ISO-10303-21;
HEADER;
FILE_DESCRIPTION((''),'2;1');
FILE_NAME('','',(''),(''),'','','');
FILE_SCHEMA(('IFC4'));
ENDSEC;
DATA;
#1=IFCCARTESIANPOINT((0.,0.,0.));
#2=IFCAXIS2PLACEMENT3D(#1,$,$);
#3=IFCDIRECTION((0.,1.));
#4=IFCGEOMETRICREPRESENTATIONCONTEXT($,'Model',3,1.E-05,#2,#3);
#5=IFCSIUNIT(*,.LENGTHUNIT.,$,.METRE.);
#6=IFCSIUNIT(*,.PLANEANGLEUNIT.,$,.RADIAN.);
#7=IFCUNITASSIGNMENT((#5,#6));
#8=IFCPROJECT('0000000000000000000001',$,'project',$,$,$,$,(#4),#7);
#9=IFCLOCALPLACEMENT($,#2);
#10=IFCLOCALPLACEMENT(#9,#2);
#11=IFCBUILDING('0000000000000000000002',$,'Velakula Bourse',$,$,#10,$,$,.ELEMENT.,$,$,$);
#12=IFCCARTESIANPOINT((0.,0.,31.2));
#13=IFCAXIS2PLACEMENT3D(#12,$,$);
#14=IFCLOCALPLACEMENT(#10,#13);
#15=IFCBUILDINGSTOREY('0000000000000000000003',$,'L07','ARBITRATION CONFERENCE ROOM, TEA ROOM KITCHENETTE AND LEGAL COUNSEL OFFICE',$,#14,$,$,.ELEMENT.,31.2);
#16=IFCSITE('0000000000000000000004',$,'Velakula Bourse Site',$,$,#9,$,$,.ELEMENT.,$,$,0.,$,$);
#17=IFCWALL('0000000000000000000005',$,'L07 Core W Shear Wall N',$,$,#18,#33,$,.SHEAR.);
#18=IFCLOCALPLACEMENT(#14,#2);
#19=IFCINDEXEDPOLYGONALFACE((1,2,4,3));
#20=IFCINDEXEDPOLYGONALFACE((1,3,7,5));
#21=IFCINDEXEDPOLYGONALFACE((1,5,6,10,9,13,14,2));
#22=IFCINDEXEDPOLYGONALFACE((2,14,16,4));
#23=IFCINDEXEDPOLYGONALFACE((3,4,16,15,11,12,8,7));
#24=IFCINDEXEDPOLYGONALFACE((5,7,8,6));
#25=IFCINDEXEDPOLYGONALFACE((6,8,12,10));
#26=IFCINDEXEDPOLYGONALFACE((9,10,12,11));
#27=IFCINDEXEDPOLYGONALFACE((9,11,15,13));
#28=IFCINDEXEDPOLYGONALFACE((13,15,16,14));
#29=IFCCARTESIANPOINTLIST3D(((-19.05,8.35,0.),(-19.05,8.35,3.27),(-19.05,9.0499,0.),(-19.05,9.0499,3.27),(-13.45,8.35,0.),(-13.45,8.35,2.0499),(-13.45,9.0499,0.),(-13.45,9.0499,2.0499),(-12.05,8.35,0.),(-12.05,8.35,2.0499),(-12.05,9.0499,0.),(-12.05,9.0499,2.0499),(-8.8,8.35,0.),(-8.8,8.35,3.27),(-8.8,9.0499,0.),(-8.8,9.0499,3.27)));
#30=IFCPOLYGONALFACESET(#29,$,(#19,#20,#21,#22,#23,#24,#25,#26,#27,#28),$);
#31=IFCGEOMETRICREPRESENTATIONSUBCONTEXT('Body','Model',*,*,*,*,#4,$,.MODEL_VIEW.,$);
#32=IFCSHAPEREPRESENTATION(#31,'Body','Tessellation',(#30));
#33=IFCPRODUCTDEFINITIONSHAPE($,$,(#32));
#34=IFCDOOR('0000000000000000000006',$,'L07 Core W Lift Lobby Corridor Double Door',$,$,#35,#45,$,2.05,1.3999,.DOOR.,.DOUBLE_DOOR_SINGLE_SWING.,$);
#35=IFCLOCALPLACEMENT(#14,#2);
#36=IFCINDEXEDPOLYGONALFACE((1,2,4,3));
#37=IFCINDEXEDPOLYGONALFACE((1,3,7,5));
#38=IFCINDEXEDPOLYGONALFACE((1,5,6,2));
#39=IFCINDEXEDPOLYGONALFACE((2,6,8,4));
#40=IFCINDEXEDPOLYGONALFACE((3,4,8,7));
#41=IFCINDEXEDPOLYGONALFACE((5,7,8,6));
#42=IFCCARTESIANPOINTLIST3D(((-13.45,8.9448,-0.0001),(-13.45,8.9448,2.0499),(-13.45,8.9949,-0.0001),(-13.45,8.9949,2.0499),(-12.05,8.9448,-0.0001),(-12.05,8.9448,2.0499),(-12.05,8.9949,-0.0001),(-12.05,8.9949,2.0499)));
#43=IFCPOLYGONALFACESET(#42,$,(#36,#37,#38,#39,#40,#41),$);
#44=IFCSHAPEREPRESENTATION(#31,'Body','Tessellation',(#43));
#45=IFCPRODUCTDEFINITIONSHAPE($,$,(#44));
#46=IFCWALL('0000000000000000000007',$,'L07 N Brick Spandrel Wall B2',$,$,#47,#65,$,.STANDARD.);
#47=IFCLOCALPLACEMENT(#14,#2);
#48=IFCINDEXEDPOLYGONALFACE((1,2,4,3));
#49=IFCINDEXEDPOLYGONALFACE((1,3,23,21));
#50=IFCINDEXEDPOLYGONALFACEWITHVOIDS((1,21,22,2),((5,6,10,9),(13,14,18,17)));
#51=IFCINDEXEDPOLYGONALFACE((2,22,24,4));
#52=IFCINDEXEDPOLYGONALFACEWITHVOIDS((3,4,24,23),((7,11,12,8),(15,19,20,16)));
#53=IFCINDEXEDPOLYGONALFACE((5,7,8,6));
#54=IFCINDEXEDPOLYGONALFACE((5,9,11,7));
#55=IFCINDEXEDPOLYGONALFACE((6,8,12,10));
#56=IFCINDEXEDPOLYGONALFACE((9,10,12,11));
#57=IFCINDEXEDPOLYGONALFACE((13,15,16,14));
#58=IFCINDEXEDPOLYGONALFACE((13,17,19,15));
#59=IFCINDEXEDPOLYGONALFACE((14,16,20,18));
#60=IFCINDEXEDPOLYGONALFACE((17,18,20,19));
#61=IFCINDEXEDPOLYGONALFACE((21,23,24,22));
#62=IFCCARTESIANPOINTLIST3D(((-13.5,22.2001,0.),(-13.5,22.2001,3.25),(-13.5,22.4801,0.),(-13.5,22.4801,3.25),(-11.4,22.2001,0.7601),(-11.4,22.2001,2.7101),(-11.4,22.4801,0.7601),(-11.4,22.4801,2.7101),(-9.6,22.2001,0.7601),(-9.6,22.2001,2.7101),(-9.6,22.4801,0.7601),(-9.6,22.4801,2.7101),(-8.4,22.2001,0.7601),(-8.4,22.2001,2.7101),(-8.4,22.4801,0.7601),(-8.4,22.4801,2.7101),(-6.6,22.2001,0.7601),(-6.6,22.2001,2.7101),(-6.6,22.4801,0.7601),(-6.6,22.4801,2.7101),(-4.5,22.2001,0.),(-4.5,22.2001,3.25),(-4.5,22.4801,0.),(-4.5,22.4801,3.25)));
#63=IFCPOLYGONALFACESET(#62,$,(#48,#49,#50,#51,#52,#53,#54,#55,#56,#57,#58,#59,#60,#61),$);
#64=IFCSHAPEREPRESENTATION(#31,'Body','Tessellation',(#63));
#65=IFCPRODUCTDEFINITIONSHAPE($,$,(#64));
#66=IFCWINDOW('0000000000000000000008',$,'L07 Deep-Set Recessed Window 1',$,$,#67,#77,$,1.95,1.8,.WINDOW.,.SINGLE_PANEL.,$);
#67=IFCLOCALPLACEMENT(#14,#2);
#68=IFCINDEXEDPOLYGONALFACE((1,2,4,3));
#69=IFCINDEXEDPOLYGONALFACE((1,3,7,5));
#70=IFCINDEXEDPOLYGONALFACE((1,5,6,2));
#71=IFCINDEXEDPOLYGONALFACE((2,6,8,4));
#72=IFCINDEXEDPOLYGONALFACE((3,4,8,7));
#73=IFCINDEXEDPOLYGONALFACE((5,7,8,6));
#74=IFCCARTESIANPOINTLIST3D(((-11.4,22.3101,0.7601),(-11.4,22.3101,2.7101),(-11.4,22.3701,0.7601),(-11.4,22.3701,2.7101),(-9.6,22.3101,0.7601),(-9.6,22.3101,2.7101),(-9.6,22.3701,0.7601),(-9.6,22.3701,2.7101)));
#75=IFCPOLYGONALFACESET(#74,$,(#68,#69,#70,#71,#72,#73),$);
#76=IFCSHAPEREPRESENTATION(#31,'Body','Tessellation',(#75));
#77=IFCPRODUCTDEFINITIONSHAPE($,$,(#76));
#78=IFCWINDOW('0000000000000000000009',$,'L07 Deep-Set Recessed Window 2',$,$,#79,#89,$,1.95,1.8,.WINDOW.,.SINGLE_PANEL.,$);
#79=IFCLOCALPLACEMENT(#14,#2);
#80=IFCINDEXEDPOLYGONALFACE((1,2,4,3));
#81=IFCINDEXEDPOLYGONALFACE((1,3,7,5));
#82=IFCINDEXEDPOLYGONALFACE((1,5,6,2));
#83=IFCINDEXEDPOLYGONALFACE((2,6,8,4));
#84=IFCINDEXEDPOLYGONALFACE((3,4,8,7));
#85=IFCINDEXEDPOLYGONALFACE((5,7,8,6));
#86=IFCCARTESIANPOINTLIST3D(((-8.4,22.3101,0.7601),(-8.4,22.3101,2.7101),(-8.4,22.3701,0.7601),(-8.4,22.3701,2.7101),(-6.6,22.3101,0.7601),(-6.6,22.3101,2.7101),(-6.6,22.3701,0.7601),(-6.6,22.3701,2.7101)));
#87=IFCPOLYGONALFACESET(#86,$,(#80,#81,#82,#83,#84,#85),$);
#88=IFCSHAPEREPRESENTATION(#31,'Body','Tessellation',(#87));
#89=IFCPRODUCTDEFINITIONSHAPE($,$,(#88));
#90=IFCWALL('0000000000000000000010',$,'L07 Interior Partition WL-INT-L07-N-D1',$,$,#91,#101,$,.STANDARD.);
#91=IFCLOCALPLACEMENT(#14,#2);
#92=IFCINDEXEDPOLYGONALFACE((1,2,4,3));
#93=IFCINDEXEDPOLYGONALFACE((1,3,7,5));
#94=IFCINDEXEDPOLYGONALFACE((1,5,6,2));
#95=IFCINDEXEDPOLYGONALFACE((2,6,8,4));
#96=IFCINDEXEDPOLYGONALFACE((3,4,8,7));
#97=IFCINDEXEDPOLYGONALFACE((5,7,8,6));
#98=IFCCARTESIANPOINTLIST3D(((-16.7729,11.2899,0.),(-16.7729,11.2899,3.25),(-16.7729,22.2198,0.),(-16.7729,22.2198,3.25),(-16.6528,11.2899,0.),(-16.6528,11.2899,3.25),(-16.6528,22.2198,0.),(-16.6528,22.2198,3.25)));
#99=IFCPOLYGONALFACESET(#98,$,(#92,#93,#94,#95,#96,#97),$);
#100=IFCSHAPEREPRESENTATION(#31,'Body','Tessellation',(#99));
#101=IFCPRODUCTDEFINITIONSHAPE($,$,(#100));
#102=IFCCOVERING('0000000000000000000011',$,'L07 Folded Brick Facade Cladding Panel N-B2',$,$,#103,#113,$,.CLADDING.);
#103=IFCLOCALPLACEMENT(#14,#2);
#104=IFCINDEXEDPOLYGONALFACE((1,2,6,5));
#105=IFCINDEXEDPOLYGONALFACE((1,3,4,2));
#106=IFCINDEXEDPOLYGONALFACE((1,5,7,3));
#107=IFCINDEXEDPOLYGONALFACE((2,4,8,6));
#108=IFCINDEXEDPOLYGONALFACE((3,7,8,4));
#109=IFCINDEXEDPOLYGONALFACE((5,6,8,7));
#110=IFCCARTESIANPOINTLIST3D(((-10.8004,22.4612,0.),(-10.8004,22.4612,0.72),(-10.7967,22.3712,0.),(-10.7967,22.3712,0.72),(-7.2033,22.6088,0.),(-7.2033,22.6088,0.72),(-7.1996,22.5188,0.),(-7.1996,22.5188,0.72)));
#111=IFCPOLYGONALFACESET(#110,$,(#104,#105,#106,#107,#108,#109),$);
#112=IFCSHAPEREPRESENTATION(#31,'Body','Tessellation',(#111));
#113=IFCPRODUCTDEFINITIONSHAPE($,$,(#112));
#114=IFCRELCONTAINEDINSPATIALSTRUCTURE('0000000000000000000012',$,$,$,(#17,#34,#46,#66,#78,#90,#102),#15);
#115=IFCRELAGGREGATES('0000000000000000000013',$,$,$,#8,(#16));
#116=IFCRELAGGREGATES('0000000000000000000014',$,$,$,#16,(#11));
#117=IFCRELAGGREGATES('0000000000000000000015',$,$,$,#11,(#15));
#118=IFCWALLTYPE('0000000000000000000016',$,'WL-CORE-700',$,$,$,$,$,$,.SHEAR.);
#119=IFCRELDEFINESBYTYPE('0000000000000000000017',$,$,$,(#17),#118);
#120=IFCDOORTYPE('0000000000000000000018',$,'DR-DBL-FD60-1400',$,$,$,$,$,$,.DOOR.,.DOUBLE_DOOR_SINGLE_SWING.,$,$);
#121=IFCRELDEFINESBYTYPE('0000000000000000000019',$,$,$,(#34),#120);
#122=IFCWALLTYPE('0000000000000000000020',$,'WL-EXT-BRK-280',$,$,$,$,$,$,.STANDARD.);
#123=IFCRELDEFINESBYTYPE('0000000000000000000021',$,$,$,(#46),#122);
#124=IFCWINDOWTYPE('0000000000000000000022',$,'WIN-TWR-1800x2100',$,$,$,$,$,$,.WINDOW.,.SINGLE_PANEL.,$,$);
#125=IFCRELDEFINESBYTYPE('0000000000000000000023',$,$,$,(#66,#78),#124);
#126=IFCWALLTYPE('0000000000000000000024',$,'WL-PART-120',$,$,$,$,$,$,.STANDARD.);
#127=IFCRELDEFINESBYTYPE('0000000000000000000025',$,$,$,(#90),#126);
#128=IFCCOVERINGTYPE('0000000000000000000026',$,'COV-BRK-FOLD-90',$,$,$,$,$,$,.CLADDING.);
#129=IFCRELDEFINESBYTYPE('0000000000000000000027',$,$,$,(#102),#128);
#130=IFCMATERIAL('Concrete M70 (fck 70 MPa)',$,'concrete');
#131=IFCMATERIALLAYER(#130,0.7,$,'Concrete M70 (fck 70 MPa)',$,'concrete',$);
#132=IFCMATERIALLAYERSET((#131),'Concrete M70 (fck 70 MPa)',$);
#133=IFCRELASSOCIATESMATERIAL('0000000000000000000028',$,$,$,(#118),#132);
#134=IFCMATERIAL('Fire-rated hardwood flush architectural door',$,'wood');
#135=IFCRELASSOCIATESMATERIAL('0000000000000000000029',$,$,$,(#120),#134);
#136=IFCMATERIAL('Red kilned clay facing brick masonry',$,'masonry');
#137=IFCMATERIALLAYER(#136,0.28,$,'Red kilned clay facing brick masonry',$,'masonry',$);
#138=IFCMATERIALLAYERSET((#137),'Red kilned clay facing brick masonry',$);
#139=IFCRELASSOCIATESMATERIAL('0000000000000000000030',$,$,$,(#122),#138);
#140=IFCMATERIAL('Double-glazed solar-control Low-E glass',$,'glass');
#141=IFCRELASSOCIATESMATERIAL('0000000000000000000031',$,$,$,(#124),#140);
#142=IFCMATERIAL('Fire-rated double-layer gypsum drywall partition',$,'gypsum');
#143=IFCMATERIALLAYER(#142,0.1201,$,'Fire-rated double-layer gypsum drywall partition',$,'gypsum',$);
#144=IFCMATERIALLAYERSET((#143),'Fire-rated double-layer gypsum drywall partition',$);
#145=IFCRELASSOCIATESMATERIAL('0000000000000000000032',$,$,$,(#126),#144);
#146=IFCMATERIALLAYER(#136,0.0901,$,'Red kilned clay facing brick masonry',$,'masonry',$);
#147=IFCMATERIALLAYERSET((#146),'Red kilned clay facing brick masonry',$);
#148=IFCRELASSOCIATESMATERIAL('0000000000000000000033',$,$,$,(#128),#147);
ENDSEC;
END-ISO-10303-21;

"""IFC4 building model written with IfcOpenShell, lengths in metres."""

from ifc_helpers import new_model, si_unit, direction, frame, frame_2d, origin, origin_2d, place, context, subcontext, project, spatial, rectangle, extrude, material, layer, layer_set, type_object, element, fill, save


model = new_model("IFC4")

# Units and contexts
model_context = context("Model", 3, precision=1e-05, world=origin(), true_north=direction((0.0, 1.0)))
body_context = subcontext(model_context, "Body", "Model", "MODEL_VIEW")
ifc_project = project(units=[si_unit("LENGTHUNIT", "METRE"), si_unit("PLANEANGLEUNIT", "RADIAN")], contexts=[model_context])

# Site, building, storey
site_placement = place(None, origin())
site = spatial("IfcSite", under=ifc_project, at=site_placement, Name="Velakula Bourse Site", CompositionType="ELEMENT", RefElevation=0.0)
building_placement = place(site_placement, origin())
building = spatial("IfcBuilding", under=site, at=building_placement, Name="Velakula Bourse", CompositionType="ELEMENT")
storey_placement = place(building_placement, frame((0.0, 0.0, 31.2)))
storey = spatial("IfcBuildingStorey", under=building, at=storey_placement, Name="L07", Description="ARBITRATION CONFERENCE ROOM, TEA ROOM KITCHENETTE AND LEGAL COUNSEL OFFICE", CompositionType="ELEMENT", Elevation=31.2)

# Wall, opening, door
ifc_material_1 = material(Name="Concrete M70 (fck 70 MPa)", Category="concrete")
ifc_layer_1 = layer(ifc_material_1, 0.7, Name="Concrete M70 (fck 70 MPa)", Category="concrete")
ifc_layer_set_1 = layer_set([ifc_layer_1], Name="Concrete M70 (fck 70 MPa)")
wall_type_1 = type_object("IfcWallType", Name="WL-CORE-700", PredefinedType="SHEAR", material=ifc_layer_set_1)
wall_1_placement = place(storey_placement, frame((-19.05, 8.7, 0.0), z_axis=(0.0, 0.0, 1.0), x_axis=(1.0, 0.0, 0.0)))
wall_1 = element("IfcWall", 1, at=wall_1_placement, inside=storey, type_object=wall_type_1, Name="L07 Core W Shear Wall N", PredefinedType="SHEAR", context=body_context, shape_type="SweptSolid", body=[
    extrude(rectangle(XDim=10.25, YDim=0.7, at=frame_2d((5.125, 0.0))), origin(), (0.0, 0.0, 1.0), 3.27),
])
opening_1_placement = place(wall_1_placement, frame((5.6001, 0.0, 0.0)))
opening_1 = element("IfcOpeningElement", 2, at=opening_1_placement, cuts=wall_1, PredefinedType="OPENING", context=body_context, shape_type="SweptSolid", body=[
    extrude(rectangle(XDim=1.3999, YDim=2.05, at=frame_2d((0.7, 1.0249))), frame((0.0, 0.3599, 0.0), z_axis=(0.0, -1.0, 0.0), x_axis=(1.0, 0.0, 0.0)), (0.0, 0.0, 1.0), 0.72),
])
ifc_material_2 = material(Name="Fire-rated hardwood flush architectural door", Category="wood")
door_type = type_object("IfcDoorType", Name="DR-DBL-FD60-1400", OperationType="DOUBLE_DOOR_SINGLE_SWING", PredefinedType="DOOR", material=ifc_material_2)
door_placement = place(opening_1_placement, origin())
door = element("IfcDoor", 3, at=door_placement, inside=storey, type_object=door_type, Name="L07 Core W Lift Lobby Corridor Double Door", OperationType="DOUBLE_DOOR_SINGLE_SWING", OverallHeight=2.05, OverallWidth=1.3999, PredefinedType="DOOR", context=body_context, shape_type="SweptSolid", body=[
    extrude(rectangle(XDim=1.3999, YDim=2.05, at=frame_2d((0.7, 1.0249))), frame((0.0, 0.2949, 0.0), z_axis=(0.0, -1.0, 0.0), x_axis=(1.0, 0.0, 0.0)), (0.0, 0.0, 1.0), 0.05),
])
fill(opening_1, door)

# Wall, openings, windows
ifc_material_3 = material(Name="Red kilned clay facing brick masonry", Category="masonry")
ifc_layer_2 = layer(ifc_material_3, 0.28, Name="Red kilned clay facing brick masonry", Category="masonry")
ifc_layer_set_2 = layer_set([ifc_layer_2], Name="Red kilned clay facing brick masonry")
wall_type_2 = type_object("IfcWallType", Name="WL-EXT-BRK-280", PredefinedType="STANDARD", material=ifc_layer_set_2)
wall_2_placement = place(storey_placement, frame((-13.5, 22.3401, 0.0), z_axis=(0.0, 0.0, 1.0), x_axis=(1.0, 0.0, 0.0)))
wall_2 = element("IfcWall", 4, at=wall_2_placement, inside=storey, type_object=wall_type_2, Name="L07 N Brick Spandrel Wall B2", PredefinedType="STANDARD", context=body_context, shape_type="SweptSolid", body=[
    extrude(rectangle(XDim=9.0, YDim=0.28, at=frame_2d((4.5, 0.0))), origin(), (0.0, 0.0, 1.0), 3.25),
])
opening_2_placement = place(wall_2_placement, frame((2.1001, 0.0, 0.76)))
opening_2 = element("IfcOpeningElement", 5, at=opening_2_placement, cuts=wall_2, PredefinedType="OPENING", context=body_context, shape_type="SweptSolid", body=[
    extrude(rectangle(XDim=1.8, YDim=1.95, at=frame_2d((0.8999, 0.9751))), frame((0.0, 0.1499, 0.0), z_axis=(0.0, -1.0, 0.0), x_axis=(1.0, 0.0, 0.0)), (0.0, 0.0, 1.0), 0.3),
])
opening_3_placement = place(wall_2_placement, frame((5.1001, 0.0, 0.76)))
opening_3 = element("IfcOpeningElement", 6, at=opening_3_placement, cuts=wall_2, PredefinedType="OPENING", context=body_context, shape_type="SweptSolid", body=[
    extrude(rectangle(XDim=1.8, YDim=1.95, at=frame_2d((0.8999, 0.9751))), frame((0.0, 0.1499, 0.0), z_axis=(0.0, -1.0, 0.0), x_axis=(1.0, 0.0, 0.0)), (0.0, 0.0, 1.0), 0.3),
])
ifc_material_4 = material(Name="Double-glazed solar-control Low-E glass", Category="glass")
window_type = type_object("IfcWindowType", Name="WIN-TWR-1800x2100", PartitioningType="SINGLE_PANEL", PredefinedType="WINDOW", material=ifc_material_4)
window_1_placement = place(opening_2_placement, origin())
window_1 = element("IfcWindow", 7, at=window_1_placement, inside=storey, type_object=window_type, Name="L07 Deep-Set Recessed Window 1", OverallHeight=1.95, OverallWidth=1.8, PartitioningType="SINGLE_PANEL", PredefinedType="WINDOW", context=body_context, shape_type="SweptSolid", body=[
    extrude(rectangle(XDim=1.8, YDim=1.95, at=frame_2d((0.8999, 0.9751))), frame((0.0, 0.03, 0.0), z_axis=(0.0, -1.0, 0.0), x_axis=(1.0, 0.0, 0.0)), (0.0, 0.0, 1.0), 0.0601),
])
fill(opening_2, window_1)
window_2_placement = place(opening_3_placement, origin())
window_2 = element("IfcWindow", 8, at=window_2_placement, inside=storey, type_object=window_type, Name="L07 Deep-Set Recessed Window 2", OverallHeight=1.95, OverallWidth=1.8, PartitioningType="SINGLE_PANEL", PredefinedType="WINDOW", context=body_context, shape_type="SweptSolid", body=[
    extrude(rectangle(XDim=1.8, YDim=1.95, at=frame_2d((0.8999, 0.9751))), frame((0.0, 0.03, 0.0), z_axis=(0.0, -1.0, 0.0), x_axis=(1.0, 0.0, 0.0)), (0.0, 0.0, 1.0), 0.0601),
])
fill(opening_3, window_2)

# Wall
ifc_material_5 = material(Name="Fire-rated double-layer gypsum drywall partition", Category="gypsum")
ifc_layer_3 = layer(ifc_material_5, 0.1201, Name="Fire-rated double-layer gypsum drywall partition", Category="gypsum")
ifc_layer_set_3 = layer_set([ifc_layer_3], Name="Fire-rated double-layer gypsum drywall partition")
wall_type_3 = type_object("IfcWallType", Name="WL-PART-120", PredefinedType="STANDARD", material=ifc_layer_set_3)
wall_3_placement = place(storey_placement, frame((-16.7129, 11.29, 0.0), z_axis=(0.0, 0.0, 1.0), x_axis=(0.0, 1.0, 0.0)))
element("IfcWall", 9, at=wall_3_placement, inside=storey, type_object=wall_type_3, Name="L07 Interior Partition WL-INT-L07-N-D1", PredefinedType="STANDARD", context=body_context, shape_type="SweptSolid", body=[
    extrude(rectangle(XDim=10.9299, YDim=0.1201, at=frame_2d((5.4648, 0.0))), origin(), (0.0, 0.0, 1.0), 3.25),
])

# Covering
ifc_layer_4 = layer(ifc_material_3, 0.0901, Name="Red kilned clay facing brick masonry", Category="masonry")
ifc_layer_set_4 = layer_set([ifc_layer_4], Name="Red kilned clay facing brick masonry")
covering_type = type_object("IfcCoveringType", Name="COV-BRK-FOLD-90", PredefinedType="CLADDING", material=ifc_layer_set_4)
covering_placement = place(storey_placement, frame((-9.0, 22.49, 0.0), z_axis=(0.0, 0.0, 1.0), x_axis=(0.999159, 0.041004, 0.0)))
element("IfcCovering", 10, at=covering_placement, inside=storey, type_object=covering_type, Name="L07 Folded Brick Facade Cladding Panel N-B2", PredefinedType="CLADDING", context=body_context, shape_type="SweptSolid", body=[
    extrude(rectangle(XDim=3.6001, YDim=0.0901, at=origin_2d()), origin(), (0.0, 0.0, 1.0), 0.72),
])

save(model, "model.ifc")
